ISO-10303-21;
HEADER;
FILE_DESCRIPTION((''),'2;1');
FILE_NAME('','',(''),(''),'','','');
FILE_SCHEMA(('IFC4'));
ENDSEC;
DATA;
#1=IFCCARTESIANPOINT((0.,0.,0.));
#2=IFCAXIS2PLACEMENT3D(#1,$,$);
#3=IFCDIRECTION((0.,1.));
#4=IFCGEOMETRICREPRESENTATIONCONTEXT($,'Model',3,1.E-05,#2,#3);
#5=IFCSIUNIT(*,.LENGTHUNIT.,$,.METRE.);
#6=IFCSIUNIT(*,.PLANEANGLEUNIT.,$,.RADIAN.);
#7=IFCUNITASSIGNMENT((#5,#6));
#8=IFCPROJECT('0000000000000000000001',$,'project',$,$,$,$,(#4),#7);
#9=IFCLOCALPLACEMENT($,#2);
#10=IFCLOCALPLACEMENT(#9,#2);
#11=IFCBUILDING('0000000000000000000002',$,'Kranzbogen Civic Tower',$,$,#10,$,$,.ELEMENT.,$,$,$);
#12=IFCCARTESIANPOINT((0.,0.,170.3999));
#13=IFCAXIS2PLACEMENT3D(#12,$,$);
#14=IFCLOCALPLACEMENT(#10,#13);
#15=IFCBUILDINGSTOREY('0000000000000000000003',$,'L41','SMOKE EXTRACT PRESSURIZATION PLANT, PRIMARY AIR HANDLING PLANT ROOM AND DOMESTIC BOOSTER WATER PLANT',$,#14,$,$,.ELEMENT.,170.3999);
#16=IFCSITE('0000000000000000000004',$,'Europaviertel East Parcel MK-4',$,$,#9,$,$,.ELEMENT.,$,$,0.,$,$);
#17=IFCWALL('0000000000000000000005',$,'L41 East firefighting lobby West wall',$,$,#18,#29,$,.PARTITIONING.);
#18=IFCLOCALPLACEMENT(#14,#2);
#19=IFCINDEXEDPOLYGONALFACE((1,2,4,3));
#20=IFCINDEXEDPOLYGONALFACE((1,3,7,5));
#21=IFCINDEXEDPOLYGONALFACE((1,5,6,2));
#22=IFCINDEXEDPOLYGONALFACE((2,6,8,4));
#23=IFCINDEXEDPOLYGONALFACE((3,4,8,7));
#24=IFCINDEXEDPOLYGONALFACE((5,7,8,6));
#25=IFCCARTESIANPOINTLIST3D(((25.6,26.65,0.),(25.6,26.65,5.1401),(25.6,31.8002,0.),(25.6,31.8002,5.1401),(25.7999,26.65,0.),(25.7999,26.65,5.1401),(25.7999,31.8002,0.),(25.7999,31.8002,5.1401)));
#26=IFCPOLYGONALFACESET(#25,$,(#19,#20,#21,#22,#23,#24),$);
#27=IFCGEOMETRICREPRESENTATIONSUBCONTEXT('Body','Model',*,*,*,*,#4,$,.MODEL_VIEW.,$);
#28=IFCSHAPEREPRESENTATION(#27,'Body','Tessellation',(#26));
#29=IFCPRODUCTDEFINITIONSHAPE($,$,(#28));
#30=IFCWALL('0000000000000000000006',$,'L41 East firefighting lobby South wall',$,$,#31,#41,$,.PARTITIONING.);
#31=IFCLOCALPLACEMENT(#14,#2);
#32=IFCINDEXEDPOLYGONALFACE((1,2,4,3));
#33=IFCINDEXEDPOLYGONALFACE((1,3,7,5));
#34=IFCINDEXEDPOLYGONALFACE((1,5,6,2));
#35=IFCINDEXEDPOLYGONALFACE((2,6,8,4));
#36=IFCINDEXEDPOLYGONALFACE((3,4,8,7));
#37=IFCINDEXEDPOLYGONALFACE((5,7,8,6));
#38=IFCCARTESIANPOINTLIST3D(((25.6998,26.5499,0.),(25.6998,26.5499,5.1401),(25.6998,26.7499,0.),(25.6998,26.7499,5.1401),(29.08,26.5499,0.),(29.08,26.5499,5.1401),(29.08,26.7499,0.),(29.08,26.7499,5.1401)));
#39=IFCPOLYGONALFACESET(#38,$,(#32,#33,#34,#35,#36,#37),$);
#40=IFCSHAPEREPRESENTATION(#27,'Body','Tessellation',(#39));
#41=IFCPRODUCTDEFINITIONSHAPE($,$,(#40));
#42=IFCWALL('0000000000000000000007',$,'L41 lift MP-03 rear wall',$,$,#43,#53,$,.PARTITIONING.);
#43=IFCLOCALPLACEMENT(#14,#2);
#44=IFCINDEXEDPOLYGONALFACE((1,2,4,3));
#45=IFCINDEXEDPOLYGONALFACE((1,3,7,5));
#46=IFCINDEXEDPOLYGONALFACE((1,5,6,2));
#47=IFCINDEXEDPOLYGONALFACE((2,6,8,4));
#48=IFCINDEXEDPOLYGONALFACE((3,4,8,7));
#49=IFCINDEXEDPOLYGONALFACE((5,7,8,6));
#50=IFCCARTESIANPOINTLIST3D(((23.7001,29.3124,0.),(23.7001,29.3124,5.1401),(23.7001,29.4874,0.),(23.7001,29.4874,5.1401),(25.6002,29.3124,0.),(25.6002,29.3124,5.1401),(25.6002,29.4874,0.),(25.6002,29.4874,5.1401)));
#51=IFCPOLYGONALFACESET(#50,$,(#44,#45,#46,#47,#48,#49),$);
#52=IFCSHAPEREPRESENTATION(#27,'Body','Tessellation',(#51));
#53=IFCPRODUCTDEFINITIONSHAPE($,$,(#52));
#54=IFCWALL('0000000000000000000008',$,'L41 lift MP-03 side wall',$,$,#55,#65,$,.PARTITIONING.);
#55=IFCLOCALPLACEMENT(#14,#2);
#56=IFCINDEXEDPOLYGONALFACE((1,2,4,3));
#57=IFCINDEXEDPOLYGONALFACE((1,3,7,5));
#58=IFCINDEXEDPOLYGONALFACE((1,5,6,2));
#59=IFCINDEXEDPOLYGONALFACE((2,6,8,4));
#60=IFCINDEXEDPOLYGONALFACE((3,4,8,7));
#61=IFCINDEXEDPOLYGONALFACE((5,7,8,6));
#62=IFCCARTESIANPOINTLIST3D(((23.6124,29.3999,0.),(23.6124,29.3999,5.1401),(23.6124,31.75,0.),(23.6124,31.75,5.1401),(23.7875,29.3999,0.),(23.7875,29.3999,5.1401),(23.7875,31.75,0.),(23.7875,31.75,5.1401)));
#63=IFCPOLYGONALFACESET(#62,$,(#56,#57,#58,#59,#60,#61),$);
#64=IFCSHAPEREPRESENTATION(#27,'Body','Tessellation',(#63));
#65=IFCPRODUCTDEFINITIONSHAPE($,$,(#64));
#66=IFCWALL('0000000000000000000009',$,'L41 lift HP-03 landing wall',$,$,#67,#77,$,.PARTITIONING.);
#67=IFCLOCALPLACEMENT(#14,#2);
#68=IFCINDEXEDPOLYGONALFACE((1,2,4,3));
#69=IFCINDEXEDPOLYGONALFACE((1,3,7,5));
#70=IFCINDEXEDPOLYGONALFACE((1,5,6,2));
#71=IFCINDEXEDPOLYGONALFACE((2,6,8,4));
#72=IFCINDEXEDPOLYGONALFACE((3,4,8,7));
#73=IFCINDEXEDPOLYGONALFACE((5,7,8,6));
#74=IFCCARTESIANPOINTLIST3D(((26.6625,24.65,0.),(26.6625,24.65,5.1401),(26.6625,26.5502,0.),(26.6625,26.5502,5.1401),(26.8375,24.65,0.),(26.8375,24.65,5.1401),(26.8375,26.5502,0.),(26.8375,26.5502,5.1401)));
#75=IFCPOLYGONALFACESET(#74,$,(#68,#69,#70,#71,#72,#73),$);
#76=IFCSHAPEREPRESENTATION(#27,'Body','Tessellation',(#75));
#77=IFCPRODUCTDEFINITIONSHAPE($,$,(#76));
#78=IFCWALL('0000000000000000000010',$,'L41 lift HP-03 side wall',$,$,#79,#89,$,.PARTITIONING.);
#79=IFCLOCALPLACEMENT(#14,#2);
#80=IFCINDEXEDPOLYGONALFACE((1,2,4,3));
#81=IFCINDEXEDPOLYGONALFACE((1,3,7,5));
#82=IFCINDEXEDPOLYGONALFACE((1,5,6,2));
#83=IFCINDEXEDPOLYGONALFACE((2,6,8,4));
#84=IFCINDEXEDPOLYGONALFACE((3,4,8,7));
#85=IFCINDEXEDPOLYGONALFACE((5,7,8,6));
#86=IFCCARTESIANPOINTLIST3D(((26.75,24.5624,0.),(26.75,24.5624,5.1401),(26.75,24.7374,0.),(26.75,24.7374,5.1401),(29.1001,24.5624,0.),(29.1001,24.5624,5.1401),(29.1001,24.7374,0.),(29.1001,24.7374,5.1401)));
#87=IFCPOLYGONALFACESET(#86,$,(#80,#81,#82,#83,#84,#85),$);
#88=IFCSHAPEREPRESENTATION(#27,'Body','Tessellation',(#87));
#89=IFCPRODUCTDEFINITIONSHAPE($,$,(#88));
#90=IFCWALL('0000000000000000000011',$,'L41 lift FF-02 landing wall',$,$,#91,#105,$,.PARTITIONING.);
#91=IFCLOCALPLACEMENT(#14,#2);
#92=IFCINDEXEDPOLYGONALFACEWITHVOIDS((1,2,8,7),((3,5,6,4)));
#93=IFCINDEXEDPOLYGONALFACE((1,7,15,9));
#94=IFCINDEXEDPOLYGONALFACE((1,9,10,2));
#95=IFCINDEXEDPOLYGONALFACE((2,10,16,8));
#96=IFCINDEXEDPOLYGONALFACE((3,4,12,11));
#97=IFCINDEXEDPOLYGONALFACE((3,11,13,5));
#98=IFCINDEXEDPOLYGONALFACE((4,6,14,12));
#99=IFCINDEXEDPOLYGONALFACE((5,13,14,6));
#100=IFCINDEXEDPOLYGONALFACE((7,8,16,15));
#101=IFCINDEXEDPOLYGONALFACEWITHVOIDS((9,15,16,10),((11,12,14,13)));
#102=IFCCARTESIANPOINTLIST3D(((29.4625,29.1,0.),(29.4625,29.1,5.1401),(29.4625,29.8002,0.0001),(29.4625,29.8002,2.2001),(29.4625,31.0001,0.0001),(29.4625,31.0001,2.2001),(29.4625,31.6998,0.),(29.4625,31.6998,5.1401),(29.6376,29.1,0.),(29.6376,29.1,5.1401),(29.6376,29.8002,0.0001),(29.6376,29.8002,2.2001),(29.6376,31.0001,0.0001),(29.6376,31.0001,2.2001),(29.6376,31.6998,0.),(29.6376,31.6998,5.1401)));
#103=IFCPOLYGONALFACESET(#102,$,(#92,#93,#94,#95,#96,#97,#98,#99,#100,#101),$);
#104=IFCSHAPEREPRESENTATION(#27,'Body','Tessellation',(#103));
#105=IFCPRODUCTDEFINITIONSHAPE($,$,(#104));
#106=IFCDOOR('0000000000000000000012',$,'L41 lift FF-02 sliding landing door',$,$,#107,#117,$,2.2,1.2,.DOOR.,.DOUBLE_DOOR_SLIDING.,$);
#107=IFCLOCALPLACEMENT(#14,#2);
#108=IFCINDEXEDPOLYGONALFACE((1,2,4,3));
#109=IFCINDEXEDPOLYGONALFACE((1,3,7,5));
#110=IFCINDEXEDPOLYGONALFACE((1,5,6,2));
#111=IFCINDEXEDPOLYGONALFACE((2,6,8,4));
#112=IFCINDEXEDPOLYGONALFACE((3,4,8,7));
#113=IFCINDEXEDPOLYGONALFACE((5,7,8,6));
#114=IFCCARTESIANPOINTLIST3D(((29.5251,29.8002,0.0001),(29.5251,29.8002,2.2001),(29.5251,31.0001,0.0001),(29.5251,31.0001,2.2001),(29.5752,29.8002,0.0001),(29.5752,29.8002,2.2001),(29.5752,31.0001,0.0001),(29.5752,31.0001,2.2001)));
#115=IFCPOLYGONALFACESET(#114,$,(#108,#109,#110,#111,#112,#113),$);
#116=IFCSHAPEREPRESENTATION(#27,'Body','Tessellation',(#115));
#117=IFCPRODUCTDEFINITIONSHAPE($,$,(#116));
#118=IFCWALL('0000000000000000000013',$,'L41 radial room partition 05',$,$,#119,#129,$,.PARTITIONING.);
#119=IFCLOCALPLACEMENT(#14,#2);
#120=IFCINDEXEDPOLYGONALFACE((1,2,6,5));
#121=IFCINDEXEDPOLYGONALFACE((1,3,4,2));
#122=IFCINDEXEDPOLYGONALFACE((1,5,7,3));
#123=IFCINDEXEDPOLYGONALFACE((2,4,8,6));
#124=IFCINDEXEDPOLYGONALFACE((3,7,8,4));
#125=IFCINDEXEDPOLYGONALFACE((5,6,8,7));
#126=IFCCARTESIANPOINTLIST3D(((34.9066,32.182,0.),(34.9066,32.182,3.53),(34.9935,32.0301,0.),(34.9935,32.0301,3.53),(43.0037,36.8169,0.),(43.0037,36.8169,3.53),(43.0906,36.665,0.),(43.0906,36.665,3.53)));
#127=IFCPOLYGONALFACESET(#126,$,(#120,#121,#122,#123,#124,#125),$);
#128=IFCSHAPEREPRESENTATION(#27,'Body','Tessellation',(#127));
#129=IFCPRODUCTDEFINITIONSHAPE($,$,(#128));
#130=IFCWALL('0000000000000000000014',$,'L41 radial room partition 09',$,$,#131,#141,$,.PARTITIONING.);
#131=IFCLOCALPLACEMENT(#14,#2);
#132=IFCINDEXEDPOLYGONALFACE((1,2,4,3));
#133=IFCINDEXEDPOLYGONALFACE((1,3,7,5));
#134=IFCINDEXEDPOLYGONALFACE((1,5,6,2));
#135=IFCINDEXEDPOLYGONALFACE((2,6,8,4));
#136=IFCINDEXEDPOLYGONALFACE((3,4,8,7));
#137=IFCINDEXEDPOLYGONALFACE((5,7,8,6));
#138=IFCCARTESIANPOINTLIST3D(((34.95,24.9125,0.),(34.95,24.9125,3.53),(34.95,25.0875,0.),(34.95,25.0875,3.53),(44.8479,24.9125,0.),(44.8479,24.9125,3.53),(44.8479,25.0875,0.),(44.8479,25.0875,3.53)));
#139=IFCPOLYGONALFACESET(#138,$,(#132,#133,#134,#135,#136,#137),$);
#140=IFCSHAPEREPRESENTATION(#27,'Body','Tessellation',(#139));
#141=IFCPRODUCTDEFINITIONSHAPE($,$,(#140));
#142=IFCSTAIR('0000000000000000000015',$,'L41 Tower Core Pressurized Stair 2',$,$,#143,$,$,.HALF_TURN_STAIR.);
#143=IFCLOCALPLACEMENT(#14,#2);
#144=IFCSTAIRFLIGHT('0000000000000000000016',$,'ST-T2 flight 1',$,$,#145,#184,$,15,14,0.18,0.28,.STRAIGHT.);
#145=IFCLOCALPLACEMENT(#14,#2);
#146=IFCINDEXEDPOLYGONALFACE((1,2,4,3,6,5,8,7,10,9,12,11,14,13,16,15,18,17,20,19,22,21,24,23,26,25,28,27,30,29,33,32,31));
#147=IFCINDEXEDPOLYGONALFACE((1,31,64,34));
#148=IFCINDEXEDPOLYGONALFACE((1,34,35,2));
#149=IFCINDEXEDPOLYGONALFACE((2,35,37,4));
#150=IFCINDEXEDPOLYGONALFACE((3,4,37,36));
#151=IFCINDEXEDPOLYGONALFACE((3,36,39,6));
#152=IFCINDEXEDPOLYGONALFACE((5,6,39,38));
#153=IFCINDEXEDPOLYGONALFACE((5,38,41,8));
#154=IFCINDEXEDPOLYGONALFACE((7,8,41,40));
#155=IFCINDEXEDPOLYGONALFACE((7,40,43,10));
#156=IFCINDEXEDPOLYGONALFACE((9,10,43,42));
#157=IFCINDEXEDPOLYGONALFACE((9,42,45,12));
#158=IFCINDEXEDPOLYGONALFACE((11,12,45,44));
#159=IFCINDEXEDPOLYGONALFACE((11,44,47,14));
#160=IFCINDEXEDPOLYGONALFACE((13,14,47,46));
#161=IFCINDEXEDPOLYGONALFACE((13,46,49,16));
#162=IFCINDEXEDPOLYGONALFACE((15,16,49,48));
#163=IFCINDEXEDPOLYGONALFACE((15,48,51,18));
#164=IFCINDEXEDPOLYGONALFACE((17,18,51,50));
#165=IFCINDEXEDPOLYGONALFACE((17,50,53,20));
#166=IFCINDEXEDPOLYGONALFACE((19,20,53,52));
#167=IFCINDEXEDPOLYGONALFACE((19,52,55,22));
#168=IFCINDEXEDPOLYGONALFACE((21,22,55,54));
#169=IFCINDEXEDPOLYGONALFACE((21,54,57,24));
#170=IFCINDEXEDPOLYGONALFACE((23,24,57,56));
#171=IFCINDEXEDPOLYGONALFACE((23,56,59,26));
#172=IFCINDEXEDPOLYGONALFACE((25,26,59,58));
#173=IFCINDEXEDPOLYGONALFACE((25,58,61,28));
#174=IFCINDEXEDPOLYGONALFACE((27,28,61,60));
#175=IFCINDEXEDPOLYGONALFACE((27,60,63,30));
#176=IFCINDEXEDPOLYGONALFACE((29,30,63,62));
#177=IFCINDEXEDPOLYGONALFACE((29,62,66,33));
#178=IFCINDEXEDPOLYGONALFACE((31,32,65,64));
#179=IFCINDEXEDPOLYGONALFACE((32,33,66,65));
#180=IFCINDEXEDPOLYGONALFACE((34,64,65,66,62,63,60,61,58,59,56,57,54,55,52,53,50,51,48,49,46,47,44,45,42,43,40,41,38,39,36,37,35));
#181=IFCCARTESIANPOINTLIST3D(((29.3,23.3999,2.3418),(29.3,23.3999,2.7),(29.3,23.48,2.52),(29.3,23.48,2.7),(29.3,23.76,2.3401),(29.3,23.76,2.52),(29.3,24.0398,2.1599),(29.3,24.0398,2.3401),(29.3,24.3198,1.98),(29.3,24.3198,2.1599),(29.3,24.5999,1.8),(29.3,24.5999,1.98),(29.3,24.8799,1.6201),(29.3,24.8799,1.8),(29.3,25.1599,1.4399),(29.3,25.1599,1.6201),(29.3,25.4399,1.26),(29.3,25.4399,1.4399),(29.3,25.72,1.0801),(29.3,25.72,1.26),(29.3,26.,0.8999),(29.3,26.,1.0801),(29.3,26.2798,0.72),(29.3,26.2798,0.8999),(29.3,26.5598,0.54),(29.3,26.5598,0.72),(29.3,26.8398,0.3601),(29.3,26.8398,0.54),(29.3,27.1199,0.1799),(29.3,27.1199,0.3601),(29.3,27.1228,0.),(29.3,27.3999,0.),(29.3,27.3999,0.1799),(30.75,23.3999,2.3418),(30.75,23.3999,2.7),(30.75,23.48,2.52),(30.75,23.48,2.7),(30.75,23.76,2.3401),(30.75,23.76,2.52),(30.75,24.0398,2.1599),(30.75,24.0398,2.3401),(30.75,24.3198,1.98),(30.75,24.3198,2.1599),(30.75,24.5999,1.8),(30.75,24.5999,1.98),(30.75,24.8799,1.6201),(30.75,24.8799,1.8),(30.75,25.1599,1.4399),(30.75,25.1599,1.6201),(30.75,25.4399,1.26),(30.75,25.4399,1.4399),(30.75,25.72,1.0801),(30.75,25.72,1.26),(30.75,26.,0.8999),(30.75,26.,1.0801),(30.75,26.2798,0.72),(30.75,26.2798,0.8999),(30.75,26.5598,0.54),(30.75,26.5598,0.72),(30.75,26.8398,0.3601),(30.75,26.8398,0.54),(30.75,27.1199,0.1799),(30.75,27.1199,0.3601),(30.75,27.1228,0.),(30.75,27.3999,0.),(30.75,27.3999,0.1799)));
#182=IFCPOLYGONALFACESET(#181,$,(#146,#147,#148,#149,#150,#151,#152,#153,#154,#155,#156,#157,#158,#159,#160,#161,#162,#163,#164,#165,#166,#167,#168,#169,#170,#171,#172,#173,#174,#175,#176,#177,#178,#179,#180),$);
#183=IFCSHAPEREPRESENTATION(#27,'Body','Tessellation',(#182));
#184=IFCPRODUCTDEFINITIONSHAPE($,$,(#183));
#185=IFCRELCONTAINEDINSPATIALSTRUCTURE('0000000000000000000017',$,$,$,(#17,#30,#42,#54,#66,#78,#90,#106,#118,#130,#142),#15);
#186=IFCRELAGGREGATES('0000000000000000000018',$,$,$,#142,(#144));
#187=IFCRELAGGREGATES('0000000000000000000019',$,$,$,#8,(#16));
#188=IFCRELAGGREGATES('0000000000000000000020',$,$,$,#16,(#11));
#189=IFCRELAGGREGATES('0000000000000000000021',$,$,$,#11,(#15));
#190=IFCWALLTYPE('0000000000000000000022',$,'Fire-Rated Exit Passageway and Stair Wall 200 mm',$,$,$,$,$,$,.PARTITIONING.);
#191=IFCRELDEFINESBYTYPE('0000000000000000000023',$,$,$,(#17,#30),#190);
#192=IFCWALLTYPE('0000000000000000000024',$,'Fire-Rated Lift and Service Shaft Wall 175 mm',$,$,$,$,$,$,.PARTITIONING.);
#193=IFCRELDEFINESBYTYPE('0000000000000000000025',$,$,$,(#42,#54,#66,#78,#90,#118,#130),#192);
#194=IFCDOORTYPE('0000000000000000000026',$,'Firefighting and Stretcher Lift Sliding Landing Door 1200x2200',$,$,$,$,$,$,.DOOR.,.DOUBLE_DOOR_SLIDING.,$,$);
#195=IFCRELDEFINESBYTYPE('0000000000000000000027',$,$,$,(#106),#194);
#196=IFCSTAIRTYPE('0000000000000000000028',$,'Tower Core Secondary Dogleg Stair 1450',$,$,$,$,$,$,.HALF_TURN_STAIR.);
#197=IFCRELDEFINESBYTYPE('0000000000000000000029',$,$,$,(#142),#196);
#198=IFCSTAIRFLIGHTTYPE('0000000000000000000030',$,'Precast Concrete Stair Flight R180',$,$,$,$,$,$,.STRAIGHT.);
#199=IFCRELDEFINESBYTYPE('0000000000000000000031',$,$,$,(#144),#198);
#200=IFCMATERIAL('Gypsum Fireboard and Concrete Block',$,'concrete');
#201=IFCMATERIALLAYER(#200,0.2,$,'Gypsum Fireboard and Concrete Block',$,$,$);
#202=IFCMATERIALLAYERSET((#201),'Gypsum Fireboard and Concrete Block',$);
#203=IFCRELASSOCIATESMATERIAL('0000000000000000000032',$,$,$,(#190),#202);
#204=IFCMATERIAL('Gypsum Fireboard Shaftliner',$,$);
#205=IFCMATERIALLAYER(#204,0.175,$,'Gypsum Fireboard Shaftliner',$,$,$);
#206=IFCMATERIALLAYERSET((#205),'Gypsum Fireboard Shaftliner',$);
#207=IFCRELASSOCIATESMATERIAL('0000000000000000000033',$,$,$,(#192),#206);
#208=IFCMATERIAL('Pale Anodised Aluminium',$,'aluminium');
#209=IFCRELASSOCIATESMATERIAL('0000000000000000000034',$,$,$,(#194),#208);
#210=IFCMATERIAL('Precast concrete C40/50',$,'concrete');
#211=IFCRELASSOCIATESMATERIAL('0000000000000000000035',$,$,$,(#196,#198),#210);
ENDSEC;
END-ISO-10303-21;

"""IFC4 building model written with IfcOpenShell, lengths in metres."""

from ifc_helpers import new_model, si_unit, direction, frame, frame_2d, origin, place, context, subcontext, project, spatial, polyline, rectangle, outline, extrude, material, layer, layer_set, type_object, element, fill, aggregate, save


model = new_model("IFC4")

# Units and contexts
model_context = context("Model", 3, precision=1e-05, world=origin(), true_north=direction((0.0, 1.0)))
body_context = subcontext(model_context, "Body", "Model", "MODEL_VIEW")
ifc_project = project(units=[si_unit("LENGTHUNIT", "METRE"), si_unit("PLANEANGLEUNIT", "RADIAN")], contexts=[model_context])

# Site, building, storey
site_placement = place(None, origin())
site = spatial("IfcSite", under=ifc_project, at=site_placement, Name="Europaviertel East Parcel MK-4", CompositionType="ELEMENT", RefElevation=0.0)
building_placement = place(site_placement, origin())
building = spatial("IfcBuilding", under=site, at=building_placement, Name="Kranzbogen Civic Tower", CompositionType="ELEMENT")
storey_placement = place(building_placement, frame((0.0, 0.0, 170.3999)))
storey = spatial("IfcBuildingStorey", under=building, at=storey_placement, Name="L41", Description="SMOKE EXTRACT PRESSURIZATION PLANT, PRIMARY AIR HANDLING PLANT ROOM AND DOMESTIC BOOSTER WATER PLANT", CompositionType="ELEMENT", Elevation=170.3999)

# Shared definitions
ifc_material_1 = material(Name="Pale Anodised Aluminium", Category="aluminium")

# Walls
ifc_material_2 = material(Name="Gypsum Fireboard and Concrete Block", Category="concrete")
ifc_layer_1 = layer(ifc_material_2, 0.2, Name="Gypsum Fireboard and Concrete Block")
ifc_layer_set_1 = layer_set([ifc_layer_1], Name="Gypsum Fireboard and Concrete Block")
wall_type_1 = type_object("IfcWallType", Name="Fire-Rated Exit Passageway and Stair Wall 200 mm", PredefinedType="PARTITIONING", material=ifc_layer_set_1)
wall_1_placement = place(storey_placement, frame((25.7, 26.6499, 0.0), z_axis=(0.0, 0.0, 1.0), x_axis=(0.0, 1.0, 0.0)))
element("IfcWall", 1, at=wall_1_placement, inside=storey, type_object=wall_type_1, Name="L41 East firefighting lobby West wall", PredefinedType="PARTITIONING", context=body_context, shape_type="SweptSolid", body=[
    extrude(rectangle(XDim=5.1501, YDim=0.2, at=frame_2d((2.5752, 0.0))), origin(), (0.0, 0.0, 1.0), 5.1401),
])
wall_2_placement = place(storey_placement, frame((25.7, 26.6499, 0.0), z_axis=(0.0, 0.0, 1.0), x_axis=(1.0, 0.0, 0.0)))
element("IfcWall", 2, at=wall_2_placement, inside=storey, type_object=wall_type_1, Name="L41 East firefighting lobby South wall", PredefinedType="PARTITIONING", context=body_context, shape_type="SweptSolid", body=[
    extrude(rectangle(XDim=3.3801, YDim=0.2, at=frame_2d((1.6899, 0.0))), origin(), (0.0, 0.0, 1.0), 5.1401),
])
ifc_material_3 = material(Name="Gypsum Fireboard Shaftliner")
ifc_layer_2 = layer(ifc_material_3, 0.175, Name="Gypsum Fireboard Shaftliner")
ifc_layer_set_2 = layer_set([ifc_layer_2], Name="Gypsum Fireboard Shaftliner")
wall_type_2 = type_object("IfcWallType", Name="Fire-Rated Lift and Service Shaft Wall 175 mm", PredefinedType="PARTITIONING", material=ifc_layer_set_2)
wall_3_placement = place(storey_placement, frame((23.7, 29.3999, 0.0), z_axis=(0.0, 0.0, 1.0), x_axis=(1.0, 0.0, 0.0)))
element("IfcWall", 3, at=wall_3_placement, inside=storey, type_object=wall_type_2, Name="L41 lift MP-03 rear wall", PredefinedType="PARTITIONING", context=body_context, shape_type="SweptSolid", body=[
    extrude(rectangle(XDim=1.9001, YDim=0.175, at=frame_2d((0.9502, 0.0))), origin(), (0.0, 0.0, 1.0), 5.1401),
])
wall_4_placement = place(storey_placement, frame((23.7, 29.3999, 0.0), z_axis=(0.0, 0.0, 1.0), x_axis=(0.0, 1.0, 0.0)))
element("IfcWall", 4, at=wall_4_placement, inside=storey, type_object=wall_type_2, Name="L41 lift MP-03 side wall", PredefinedType="PARTITIONING", context=body_context, shape_type="SweptSolid", body=[
    extrude(rectangle(XDim=2.3501, YDim=0.175, at=frame_2d((1.175, 0.0))), origin(), (0.0, 0.0, 1.0), 5.1401),
])
wall_5_placement = place(storey_placement, frame((26.75, 24.6499, 0.0), z_axis=(0.0, 0.0, 1.0), x_axis=(0.0, 1.0, 0.0)))
element("IfcWall", 5, at=wall_5_placement, inside=storey, type_object=wall_type_2, Name="L41 lift HP-03 landing wall", PredefinedType="PARTITIONING", context=body_context, shape_type="SweptSolid", body=[
    extrude(rectangle(XDim=1.9001, YDim=0.175, at=frame_2d((0.9502, 0.0))), origin(), (0.0, 0.0, 1.0), 5.1401),
])
wall_6_placement = place(storey_placement, frame((26.75, 24.6499, 0.0), z_axis=(0.0, 0.0, 1.0), x_axis=(1.0, 0.0, 0.0)))
element("IfcWall", 6, at=wall_6_placement, inside=storey, type_object=wall_type_2, Name="L41 lift HP-03 side wall", PredefinedType="PARTITIONING", context=body_context, shape_type="SweptSolid", body=[
    extrude(rectangle(XDim=2.3501, YDim=0.175, at=frame_2d((1.175, 0.0))), origin(), (0.0, 0.0, 1.0), 5.1401),
])

# Wall, opening, door
wall_7_placement = place(storey_placement, frame((29.55, 29.1001, 0.0), z_axis=(0.0, 0.0, 1.0), x_axis=(0.0, 1.0, 0.0)))
wall_7 = element("IfcWall", 7, at=wall_7_placement, inside=storey, type_object=wall_type_2, Name="L41 lift FF-02 landing wall", PredefinedType="PARTITIONING", context=body_context, shape_type="SweptSolid", body=[
    extrude(rectangle(XDim=2.5999, YDim=0.175, at=frame_2d((1.2998, 0.0))), origin(), (0.0, 0.0, 1.0), 5.1401),
])
opening_1_placement = place(wall_7_placement, frame((0.7, 0.0, 0.0)))
opening_1 = element("IfcOpeningElement", 8, at=opening_1_placement, cuts=wall_7, PredefinedType="OPENING", context=body_context, shape_type="SweptSolid", body=[
    extrude(rectangle(XDim=1.2, YDim=2.2, at=frame_2d((0.6001, 1.1001))), frame((0.0, 0.0977, 0.0), z_axis=(0.0, -1.0, 0.0), x_axis=(1.0, 0.0, 0.0)), (0.0, 0.0, 1.0), 0.1951),
])
door_type_1 = type_object("IfcDoorType", Name="Firefighting and Stretcher Lift Sliding Landing Door 1200x2200", OperationType="DOUBLE_DOOR_SLIDING", PredefinedType="DOOR", material=ifc_material_1)
door_1_placement = place(opening_1_placement, origin())
door_1 = element("IfcDoor", 9, at=door_1_placement, inside=storey, type_object=door_type_1, Name="L41 lift FF-02 sliding landing door", OperationType="DOUBLE_DOOR_SLIDING", OverallHeight=2.2, OverallWidth=1.2, PredefinedType="DOOR", context=body_context, shape_type="SweptSolid", body=[
    extrude(rectangle(XDim=1.2, YDim=2.2, at=frame_2d((0.6001, 1.1001))), frame((0.0, 0.0249, 0.0), z_axis=(0.0, -1.0, 0.0), x_axis=(1.0, 0.0, 0.0)), (0.0, 0.0, 1.0), 0.05),
])
fill(opening_1, door_1)

# Walls
wall_8_placement = place(storey_placement, frame((34.95, 32.106, 0.0), z_axis=(0.0, 0.0, 1.0), x_axis=(0.867871, 0.49679, 0.0)))
element("IfcWall", 10, at=wall_8_placement, inside=storey, type_object=wall_type_2, Name="L41 radial room partition 05", PredefinedType="PARTITIONING", context=body_context, shape_type="SweptSolid", body=[
    extrude(rectangle(XDim=9.3298, YDim=0.175, at=frame_2d((4.665, 0.0))), origin(), (0.0, 0.0, 1.0), 3.53),
])
wall_9_placement = place(storey_placement, frame((34.95, 25.0, 0.0), z_axis=(0.0, 0.0, 1.0), x_axis=(1.0, 0.0, 0.0)))
element("IfcWall", 11, at=wall_9_placement, inside=storey, type_object=wall_type_2, Name="L41 radial room partition 09", PredefinedType="PARTITIONING", context=body_context, shape_type="SweptSolid", body=[
    extrude(rectangle(XDim=9.8979, YDim=0.175, at=frame_2d((4.949, 0.0))), origin(), (0.0, 0.0, 1.0), 3.53),
])

# Stair, stair flight
ifc_material_4 = material(Name="Precast concrete C40/50", Category="concrete")
stair_type = type_object("IfcStairType", Name="Tower Core Secondary Dogleg Stair 1450", PredefinedType="HALF_TURN_STAIR", material=ifc_material_4)
stair_placement = place(storey_placement, origin())
stair = element("IfcStair", 12, at=stair_placement, inside=storey, type_object=stair_type, Name="L41 Tower Core Pressurized Stair 2", PredefinedType="HALF_TURN_STAIR")
stair_flight_type = type_object("IfcStairFlightType", Name="Precast Concrete Stair Flight R180", PredefinedType="STRAIGHT", material=ifc_material_4)
stair_flight_placement = place(storey_placement, frame((30.0249, 27.3999, 0.0), z_axis=(0.0, 0.0, 1.0), x_axis=(0.0, -1.0, 0.0)))
stair_flight = element("IfcStairFlight", 13, at=stair_flight_placement, type_object=stair_flight_type, Name="ST-T2 flight 1", NumberOfRisers=15, NumberOfTreads=14, PredefinedType="STRAIGHT", RiserHeight=0.18, TreadLength=0.28, context=body_context, shape_type="SweptSolid", body=[
    extrude(outline(polyline([(0.0, 0.0), (0.0, 0.1799), (0.28, 0.1799), (0.28, 0.3601), (0.5601, 0.3601), (0.5601, 0.54), (0.8401, 0.54), (0.8401, 0.72), (1.1201, 0.72), (1.1201, 0.8999), (1.3999, 0.8999), (1.3999, 1.0801), (1.6799, 1.0801), (1.6799, 1.26), (1.96, 1.26), (1.96, 1.4399), (2.24, 1.4399), (2.24, 1.6201), (2.52, 1.6201), (2.52, 1.8), (2.8, 1.8), (2.8, 1.98), (3.0801, 1.98), (3.0801, 2.1599), (3.3601, 2.1599), (3.3601, 2.3401), (3.6399, 2.3401), (3.6399, 2.52), (3.9199, 2.52), (3.9199, 2.7), (4.0, 2.7), (4.0, 2.3418), (0.2771, 0.0), (0.0, 0.0)])), frame((0.0, 0.7251, 0.0), z_axis=(0.0, -1.0, 0.0), x_axis=(1.0, 0.0, 0.0)), (0.0, 0.0, 1.0), 1.45),
])
aggregate(stair, [stair_flight])

save(model, "model.ifc")
